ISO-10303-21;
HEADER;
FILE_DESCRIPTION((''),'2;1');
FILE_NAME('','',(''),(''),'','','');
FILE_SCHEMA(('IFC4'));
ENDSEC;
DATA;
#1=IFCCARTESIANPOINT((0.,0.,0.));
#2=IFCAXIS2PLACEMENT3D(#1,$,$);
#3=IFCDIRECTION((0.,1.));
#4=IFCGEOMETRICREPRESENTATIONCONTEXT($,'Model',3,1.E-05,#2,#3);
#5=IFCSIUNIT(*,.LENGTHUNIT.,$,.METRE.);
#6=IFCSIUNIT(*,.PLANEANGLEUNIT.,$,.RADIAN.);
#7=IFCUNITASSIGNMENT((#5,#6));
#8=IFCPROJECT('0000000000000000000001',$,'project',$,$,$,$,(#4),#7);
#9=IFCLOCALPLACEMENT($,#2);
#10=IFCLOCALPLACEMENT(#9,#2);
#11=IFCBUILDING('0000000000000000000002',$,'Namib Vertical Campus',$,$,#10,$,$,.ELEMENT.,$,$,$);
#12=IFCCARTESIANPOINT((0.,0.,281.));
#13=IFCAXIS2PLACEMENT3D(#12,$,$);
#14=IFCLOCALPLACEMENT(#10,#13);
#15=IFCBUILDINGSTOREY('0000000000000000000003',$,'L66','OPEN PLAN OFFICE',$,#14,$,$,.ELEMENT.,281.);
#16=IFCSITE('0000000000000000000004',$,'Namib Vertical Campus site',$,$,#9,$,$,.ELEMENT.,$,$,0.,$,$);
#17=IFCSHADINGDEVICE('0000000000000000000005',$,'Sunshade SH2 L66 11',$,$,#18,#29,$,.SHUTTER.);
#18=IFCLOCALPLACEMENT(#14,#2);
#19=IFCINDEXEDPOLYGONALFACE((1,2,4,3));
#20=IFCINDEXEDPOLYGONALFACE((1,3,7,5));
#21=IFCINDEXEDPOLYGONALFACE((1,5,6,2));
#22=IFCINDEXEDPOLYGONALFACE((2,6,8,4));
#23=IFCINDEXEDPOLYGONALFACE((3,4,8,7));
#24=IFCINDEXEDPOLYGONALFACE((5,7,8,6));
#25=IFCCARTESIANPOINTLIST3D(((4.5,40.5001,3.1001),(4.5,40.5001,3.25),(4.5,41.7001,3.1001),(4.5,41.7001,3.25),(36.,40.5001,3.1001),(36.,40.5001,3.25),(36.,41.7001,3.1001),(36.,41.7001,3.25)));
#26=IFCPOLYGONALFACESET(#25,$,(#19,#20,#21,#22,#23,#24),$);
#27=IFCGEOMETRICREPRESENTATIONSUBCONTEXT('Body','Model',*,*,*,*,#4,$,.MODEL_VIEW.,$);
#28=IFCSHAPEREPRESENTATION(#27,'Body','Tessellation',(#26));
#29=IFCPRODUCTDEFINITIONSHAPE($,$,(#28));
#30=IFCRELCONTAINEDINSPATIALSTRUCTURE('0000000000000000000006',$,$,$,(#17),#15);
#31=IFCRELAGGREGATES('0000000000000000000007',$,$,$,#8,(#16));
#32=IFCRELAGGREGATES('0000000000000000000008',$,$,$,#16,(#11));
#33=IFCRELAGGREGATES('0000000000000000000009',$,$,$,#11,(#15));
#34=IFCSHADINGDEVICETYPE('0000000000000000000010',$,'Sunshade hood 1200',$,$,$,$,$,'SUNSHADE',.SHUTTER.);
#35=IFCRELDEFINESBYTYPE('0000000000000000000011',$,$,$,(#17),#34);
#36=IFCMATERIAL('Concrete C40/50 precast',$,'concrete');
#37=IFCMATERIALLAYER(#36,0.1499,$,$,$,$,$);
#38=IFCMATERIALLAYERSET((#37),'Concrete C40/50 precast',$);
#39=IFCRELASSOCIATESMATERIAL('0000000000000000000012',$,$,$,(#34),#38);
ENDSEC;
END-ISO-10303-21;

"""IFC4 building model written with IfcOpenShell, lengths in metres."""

from ifc_helpers import new_model, si_unit, direction, frame, origin, origin_2d, place, context, subcontext, project, spatial, rectangle, extrude, material, layer, layer_set, type_object, element, save


model = new_model("IFC4")

# Units and contexts
model_context = context("Model", 3, precision=1e-05, world=origin(), true_north=direction((0.0, 1.0)))
body_context = subcontext(model_context, "Body", "Model", "MODEL_VIEW")
ifc_project = project(units=[si_unit("LENGTHUNIT", "METRE"), si_unit("PLANEANGLEUNIT", "RADIAN")], contexts=[model_context])

# Site, building, storey
site_placement = place(None, origin())
site = spatial("IfcSite", under=ifc_project, at=site_placement, Name="Namib Vertical Campus site", CompositionType="ELEMENT", RefElevation=0.0)
building_placement = place(site_placement, origin())
building = spatial("IfcBuilding", under=site, at=building_placement, Name="Namib Vertical Campus", CompositionType="ELEMENT")
storey_placement = place(building_placement, frame((0.0, 0.0, 281.0)))
storey = spatial("IfcBuildingStorey", under=building, at=storey_placement, Name="L66", Description="OPEN PLAN OFFICE", CompositionType="ELEMENT", Elevation=281.0)

# Shading device
ifc_material_1 = material(Name="Concrete C40/50 precast", Category="concrete")
ifc_layer_1 = layer(ifc_material_1, 0.1499)
ifc_layer_set_1 = layer_set([ifc_layer_1], Name="Concrete C40/50 precast")
shading_device_type = type_object("IfcShadingDeviceType", Name="Sunshade hood 1200", ElementType="SUNSHADE", PredefinedType="SHUTTER", material=ifc_layer_set_1)
shading_device_placement = place(storey_placement, frame((20.25, 41.1001, 3.1001), z_axis=(0.0, 0.0, 1.0), x_axis=(-1.0, 0.0, 0.0)))
element("IfcShadingDevice", 1, at=shading_device_placement, inside=storey, type_object=shading_device_type, Name="Sunshade SH2 L66 11", PredefinedType="SHUTTER", context=body_context, shape_type="SweptSolid", body=[
    extrude(rectangle(XDim=31.5, YDim=1.2, at=origin_2d()), origin(), (0.0, 0.0, 1.0), 0.1499),
])

save(model, "model.ifc")
